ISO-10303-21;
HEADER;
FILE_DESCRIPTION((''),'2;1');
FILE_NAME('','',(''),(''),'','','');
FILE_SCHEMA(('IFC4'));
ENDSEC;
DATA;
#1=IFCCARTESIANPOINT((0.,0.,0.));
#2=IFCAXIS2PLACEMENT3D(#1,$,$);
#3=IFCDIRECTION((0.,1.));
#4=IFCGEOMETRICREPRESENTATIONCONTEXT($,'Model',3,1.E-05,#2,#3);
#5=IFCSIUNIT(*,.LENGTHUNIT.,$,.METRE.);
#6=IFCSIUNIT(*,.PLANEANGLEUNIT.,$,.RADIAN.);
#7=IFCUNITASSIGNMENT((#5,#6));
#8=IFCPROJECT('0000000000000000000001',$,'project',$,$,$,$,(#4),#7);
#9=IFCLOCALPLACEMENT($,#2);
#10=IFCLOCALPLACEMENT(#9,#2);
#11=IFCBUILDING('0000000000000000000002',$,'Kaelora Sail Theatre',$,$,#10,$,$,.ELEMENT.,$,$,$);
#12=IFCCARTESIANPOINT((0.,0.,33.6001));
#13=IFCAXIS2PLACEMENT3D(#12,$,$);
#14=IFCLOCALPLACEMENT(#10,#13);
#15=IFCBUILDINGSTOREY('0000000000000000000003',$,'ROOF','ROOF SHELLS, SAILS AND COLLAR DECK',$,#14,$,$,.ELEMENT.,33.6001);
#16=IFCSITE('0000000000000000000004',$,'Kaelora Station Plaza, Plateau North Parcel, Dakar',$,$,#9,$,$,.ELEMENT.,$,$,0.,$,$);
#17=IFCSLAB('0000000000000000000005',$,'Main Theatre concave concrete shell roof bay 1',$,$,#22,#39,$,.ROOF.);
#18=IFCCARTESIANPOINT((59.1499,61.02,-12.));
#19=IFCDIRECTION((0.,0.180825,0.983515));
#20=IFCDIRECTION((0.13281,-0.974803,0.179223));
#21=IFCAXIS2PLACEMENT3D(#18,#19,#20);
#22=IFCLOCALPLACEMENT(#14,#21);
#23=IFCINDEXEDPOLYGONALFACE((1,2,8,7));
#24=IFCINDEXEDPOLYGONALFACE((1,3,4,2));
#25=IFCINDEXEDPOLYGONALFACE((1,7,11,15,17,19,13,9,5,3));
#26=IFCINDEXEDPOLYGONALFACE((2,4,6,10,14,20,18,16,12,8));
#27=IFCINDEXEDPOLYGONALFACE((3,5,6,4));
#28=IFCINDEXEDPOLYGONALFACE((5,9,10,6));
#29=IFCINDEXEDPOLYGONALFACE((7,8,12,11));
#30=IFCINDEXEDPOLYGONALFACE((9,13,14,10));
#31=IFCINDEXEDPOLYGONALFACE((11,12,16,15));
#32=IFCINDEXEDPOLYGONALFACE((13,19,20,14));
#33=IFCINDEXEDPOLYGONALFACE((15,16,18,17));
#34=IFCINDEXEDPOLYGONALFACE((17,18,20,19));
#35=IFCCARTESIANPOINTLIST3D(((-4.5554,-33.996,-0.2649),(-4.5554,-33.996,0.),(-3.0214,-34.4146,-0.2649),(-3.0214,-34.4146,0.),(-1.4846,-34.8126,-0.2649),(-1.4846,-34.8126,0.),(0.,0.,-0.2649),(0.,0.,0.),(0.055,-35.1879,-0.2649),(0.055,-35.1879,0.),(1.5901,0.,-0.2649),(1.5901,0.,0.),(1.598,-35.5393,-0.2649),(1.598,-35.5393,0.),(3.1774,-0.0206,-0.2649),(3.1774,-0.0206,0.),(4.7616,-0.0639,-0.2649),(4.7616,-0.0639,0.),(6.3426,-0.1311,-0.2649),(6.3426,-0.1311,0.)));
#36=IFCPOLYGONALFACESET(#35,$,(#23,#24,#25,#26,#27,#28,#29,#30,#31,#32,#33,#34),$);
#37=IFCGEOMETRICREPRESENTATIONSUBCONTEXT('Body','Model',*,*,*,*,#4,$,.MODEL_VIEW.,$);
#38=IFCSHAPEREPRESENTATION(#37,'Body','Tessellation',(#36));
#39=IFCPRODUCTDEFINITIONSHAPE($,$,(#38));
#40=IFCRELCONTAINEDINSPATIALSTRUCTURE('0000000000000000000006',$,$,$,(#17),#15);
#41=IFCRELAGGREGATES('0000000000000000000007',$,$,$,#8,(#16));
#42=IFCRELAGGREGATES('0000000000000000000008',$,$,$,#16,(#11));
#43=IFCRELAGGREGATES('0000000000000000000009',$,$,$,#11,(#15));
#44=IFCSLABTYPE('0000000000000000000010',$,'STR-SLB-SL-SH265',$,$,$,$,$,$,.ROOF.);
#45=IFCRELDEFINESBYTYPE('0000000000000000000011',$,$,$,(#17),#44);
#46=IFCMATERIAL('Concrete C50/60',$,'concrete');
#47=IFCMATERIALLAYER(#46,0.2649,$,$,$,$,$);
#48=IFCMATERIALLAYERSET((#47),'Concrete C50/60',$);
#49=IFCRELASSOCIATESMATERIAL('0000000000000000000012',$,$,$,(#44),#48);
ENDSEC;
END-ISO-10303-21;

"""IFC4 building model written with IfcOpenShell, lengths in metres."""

from ifc_helpers import new_model, si_unit, direction, frame, origin, place, context, subcontext, project, spatial, polyline, outline, extrude, material, layer, layer_set, type_object, element, save


model = new_model("IFC4")

# Units and contexts
model_context = context("Model", 3, precision=1e-05, world=origin(), true_north=direction((0.0, 1.0)))
body_context = subcontext(model_context, "Body", "Model", "MODEL_VIEW")
ifc_project = project(units=[si_unit("LENGTHUNIT", "METRE"), si_unit("PLANEANGLEUNIT", "RADIAN")], contexts=[model_context])

# Site, building, storey
site_placement = place(None, origin())
site = spatial("IfcSite", under=ifc_project, at=site_placement, Name="Kaelora Station Plaza, Plateau North Parcel, Dakar", CompositionType="ELEMENT", RefElevation=0.0)
building_placement = place(site_placement, origin())
building = spatial("IfcBuilding", under=site, at=building_placement, Name="Kaelora Sail Theatre", CompositionType="ELEMENT")
storey_placement = place(building_placement, frame((0.0, 0.0, 33.6001)))
storey = spatial("IfcBuildingStorey", under=building, at=storey_placement, Name="ROOF", Description="ROOF SHELLS, SAILS AND COLLAR DECK", CompositionType="ELEMENT", Elevation=33.6001)

# Slab
ifc_material_1 = material(Name="Concrete C50/60", Category="concrete")
ifc_layer_1 = layer(ifc_material_1, 0.2649)
ifc_layer_set_1 = layer_set([ifc_layer_1], Name="Concrete C50/60")
slab_type = type_object("IfcSlabType", Name="STR-SLB-SL-SH265", PredefinedType="ROOF", material=ifc_layer_set_1)
slab_placement = place(storey_placement, frame((59.1499, 61.02, -12.0), z_axis=(0.0, 0.180825, 0.983515), x_axis=(0.13281, -0.974803, 0.179223)))
element("IfcSlab", 1, at=slab_placement, inside=storey, type_object=slab_type, Name="Main Theatre concave concrete shell roof bay 1", PredefinedType="ROOF", context=body_context, shape_type="SweptSolid", body=[
    extrude(outline(polyline([(0.0, 0.0), (1.5901, 0.0), (3.1774, -0.0206), (4.7616, -0.0639), (6.3426, -0.1311), (1.598, -35.5393), (0.055, -35.1879), (-1.4846, -34.8126), (-3.0214, -34.4146), (-4.5554, -33.996), (0.0, 0.0)])), origin(), (0.0, 0.0, -1.0), 0.2649),
])

save(model, "model.ifc")
